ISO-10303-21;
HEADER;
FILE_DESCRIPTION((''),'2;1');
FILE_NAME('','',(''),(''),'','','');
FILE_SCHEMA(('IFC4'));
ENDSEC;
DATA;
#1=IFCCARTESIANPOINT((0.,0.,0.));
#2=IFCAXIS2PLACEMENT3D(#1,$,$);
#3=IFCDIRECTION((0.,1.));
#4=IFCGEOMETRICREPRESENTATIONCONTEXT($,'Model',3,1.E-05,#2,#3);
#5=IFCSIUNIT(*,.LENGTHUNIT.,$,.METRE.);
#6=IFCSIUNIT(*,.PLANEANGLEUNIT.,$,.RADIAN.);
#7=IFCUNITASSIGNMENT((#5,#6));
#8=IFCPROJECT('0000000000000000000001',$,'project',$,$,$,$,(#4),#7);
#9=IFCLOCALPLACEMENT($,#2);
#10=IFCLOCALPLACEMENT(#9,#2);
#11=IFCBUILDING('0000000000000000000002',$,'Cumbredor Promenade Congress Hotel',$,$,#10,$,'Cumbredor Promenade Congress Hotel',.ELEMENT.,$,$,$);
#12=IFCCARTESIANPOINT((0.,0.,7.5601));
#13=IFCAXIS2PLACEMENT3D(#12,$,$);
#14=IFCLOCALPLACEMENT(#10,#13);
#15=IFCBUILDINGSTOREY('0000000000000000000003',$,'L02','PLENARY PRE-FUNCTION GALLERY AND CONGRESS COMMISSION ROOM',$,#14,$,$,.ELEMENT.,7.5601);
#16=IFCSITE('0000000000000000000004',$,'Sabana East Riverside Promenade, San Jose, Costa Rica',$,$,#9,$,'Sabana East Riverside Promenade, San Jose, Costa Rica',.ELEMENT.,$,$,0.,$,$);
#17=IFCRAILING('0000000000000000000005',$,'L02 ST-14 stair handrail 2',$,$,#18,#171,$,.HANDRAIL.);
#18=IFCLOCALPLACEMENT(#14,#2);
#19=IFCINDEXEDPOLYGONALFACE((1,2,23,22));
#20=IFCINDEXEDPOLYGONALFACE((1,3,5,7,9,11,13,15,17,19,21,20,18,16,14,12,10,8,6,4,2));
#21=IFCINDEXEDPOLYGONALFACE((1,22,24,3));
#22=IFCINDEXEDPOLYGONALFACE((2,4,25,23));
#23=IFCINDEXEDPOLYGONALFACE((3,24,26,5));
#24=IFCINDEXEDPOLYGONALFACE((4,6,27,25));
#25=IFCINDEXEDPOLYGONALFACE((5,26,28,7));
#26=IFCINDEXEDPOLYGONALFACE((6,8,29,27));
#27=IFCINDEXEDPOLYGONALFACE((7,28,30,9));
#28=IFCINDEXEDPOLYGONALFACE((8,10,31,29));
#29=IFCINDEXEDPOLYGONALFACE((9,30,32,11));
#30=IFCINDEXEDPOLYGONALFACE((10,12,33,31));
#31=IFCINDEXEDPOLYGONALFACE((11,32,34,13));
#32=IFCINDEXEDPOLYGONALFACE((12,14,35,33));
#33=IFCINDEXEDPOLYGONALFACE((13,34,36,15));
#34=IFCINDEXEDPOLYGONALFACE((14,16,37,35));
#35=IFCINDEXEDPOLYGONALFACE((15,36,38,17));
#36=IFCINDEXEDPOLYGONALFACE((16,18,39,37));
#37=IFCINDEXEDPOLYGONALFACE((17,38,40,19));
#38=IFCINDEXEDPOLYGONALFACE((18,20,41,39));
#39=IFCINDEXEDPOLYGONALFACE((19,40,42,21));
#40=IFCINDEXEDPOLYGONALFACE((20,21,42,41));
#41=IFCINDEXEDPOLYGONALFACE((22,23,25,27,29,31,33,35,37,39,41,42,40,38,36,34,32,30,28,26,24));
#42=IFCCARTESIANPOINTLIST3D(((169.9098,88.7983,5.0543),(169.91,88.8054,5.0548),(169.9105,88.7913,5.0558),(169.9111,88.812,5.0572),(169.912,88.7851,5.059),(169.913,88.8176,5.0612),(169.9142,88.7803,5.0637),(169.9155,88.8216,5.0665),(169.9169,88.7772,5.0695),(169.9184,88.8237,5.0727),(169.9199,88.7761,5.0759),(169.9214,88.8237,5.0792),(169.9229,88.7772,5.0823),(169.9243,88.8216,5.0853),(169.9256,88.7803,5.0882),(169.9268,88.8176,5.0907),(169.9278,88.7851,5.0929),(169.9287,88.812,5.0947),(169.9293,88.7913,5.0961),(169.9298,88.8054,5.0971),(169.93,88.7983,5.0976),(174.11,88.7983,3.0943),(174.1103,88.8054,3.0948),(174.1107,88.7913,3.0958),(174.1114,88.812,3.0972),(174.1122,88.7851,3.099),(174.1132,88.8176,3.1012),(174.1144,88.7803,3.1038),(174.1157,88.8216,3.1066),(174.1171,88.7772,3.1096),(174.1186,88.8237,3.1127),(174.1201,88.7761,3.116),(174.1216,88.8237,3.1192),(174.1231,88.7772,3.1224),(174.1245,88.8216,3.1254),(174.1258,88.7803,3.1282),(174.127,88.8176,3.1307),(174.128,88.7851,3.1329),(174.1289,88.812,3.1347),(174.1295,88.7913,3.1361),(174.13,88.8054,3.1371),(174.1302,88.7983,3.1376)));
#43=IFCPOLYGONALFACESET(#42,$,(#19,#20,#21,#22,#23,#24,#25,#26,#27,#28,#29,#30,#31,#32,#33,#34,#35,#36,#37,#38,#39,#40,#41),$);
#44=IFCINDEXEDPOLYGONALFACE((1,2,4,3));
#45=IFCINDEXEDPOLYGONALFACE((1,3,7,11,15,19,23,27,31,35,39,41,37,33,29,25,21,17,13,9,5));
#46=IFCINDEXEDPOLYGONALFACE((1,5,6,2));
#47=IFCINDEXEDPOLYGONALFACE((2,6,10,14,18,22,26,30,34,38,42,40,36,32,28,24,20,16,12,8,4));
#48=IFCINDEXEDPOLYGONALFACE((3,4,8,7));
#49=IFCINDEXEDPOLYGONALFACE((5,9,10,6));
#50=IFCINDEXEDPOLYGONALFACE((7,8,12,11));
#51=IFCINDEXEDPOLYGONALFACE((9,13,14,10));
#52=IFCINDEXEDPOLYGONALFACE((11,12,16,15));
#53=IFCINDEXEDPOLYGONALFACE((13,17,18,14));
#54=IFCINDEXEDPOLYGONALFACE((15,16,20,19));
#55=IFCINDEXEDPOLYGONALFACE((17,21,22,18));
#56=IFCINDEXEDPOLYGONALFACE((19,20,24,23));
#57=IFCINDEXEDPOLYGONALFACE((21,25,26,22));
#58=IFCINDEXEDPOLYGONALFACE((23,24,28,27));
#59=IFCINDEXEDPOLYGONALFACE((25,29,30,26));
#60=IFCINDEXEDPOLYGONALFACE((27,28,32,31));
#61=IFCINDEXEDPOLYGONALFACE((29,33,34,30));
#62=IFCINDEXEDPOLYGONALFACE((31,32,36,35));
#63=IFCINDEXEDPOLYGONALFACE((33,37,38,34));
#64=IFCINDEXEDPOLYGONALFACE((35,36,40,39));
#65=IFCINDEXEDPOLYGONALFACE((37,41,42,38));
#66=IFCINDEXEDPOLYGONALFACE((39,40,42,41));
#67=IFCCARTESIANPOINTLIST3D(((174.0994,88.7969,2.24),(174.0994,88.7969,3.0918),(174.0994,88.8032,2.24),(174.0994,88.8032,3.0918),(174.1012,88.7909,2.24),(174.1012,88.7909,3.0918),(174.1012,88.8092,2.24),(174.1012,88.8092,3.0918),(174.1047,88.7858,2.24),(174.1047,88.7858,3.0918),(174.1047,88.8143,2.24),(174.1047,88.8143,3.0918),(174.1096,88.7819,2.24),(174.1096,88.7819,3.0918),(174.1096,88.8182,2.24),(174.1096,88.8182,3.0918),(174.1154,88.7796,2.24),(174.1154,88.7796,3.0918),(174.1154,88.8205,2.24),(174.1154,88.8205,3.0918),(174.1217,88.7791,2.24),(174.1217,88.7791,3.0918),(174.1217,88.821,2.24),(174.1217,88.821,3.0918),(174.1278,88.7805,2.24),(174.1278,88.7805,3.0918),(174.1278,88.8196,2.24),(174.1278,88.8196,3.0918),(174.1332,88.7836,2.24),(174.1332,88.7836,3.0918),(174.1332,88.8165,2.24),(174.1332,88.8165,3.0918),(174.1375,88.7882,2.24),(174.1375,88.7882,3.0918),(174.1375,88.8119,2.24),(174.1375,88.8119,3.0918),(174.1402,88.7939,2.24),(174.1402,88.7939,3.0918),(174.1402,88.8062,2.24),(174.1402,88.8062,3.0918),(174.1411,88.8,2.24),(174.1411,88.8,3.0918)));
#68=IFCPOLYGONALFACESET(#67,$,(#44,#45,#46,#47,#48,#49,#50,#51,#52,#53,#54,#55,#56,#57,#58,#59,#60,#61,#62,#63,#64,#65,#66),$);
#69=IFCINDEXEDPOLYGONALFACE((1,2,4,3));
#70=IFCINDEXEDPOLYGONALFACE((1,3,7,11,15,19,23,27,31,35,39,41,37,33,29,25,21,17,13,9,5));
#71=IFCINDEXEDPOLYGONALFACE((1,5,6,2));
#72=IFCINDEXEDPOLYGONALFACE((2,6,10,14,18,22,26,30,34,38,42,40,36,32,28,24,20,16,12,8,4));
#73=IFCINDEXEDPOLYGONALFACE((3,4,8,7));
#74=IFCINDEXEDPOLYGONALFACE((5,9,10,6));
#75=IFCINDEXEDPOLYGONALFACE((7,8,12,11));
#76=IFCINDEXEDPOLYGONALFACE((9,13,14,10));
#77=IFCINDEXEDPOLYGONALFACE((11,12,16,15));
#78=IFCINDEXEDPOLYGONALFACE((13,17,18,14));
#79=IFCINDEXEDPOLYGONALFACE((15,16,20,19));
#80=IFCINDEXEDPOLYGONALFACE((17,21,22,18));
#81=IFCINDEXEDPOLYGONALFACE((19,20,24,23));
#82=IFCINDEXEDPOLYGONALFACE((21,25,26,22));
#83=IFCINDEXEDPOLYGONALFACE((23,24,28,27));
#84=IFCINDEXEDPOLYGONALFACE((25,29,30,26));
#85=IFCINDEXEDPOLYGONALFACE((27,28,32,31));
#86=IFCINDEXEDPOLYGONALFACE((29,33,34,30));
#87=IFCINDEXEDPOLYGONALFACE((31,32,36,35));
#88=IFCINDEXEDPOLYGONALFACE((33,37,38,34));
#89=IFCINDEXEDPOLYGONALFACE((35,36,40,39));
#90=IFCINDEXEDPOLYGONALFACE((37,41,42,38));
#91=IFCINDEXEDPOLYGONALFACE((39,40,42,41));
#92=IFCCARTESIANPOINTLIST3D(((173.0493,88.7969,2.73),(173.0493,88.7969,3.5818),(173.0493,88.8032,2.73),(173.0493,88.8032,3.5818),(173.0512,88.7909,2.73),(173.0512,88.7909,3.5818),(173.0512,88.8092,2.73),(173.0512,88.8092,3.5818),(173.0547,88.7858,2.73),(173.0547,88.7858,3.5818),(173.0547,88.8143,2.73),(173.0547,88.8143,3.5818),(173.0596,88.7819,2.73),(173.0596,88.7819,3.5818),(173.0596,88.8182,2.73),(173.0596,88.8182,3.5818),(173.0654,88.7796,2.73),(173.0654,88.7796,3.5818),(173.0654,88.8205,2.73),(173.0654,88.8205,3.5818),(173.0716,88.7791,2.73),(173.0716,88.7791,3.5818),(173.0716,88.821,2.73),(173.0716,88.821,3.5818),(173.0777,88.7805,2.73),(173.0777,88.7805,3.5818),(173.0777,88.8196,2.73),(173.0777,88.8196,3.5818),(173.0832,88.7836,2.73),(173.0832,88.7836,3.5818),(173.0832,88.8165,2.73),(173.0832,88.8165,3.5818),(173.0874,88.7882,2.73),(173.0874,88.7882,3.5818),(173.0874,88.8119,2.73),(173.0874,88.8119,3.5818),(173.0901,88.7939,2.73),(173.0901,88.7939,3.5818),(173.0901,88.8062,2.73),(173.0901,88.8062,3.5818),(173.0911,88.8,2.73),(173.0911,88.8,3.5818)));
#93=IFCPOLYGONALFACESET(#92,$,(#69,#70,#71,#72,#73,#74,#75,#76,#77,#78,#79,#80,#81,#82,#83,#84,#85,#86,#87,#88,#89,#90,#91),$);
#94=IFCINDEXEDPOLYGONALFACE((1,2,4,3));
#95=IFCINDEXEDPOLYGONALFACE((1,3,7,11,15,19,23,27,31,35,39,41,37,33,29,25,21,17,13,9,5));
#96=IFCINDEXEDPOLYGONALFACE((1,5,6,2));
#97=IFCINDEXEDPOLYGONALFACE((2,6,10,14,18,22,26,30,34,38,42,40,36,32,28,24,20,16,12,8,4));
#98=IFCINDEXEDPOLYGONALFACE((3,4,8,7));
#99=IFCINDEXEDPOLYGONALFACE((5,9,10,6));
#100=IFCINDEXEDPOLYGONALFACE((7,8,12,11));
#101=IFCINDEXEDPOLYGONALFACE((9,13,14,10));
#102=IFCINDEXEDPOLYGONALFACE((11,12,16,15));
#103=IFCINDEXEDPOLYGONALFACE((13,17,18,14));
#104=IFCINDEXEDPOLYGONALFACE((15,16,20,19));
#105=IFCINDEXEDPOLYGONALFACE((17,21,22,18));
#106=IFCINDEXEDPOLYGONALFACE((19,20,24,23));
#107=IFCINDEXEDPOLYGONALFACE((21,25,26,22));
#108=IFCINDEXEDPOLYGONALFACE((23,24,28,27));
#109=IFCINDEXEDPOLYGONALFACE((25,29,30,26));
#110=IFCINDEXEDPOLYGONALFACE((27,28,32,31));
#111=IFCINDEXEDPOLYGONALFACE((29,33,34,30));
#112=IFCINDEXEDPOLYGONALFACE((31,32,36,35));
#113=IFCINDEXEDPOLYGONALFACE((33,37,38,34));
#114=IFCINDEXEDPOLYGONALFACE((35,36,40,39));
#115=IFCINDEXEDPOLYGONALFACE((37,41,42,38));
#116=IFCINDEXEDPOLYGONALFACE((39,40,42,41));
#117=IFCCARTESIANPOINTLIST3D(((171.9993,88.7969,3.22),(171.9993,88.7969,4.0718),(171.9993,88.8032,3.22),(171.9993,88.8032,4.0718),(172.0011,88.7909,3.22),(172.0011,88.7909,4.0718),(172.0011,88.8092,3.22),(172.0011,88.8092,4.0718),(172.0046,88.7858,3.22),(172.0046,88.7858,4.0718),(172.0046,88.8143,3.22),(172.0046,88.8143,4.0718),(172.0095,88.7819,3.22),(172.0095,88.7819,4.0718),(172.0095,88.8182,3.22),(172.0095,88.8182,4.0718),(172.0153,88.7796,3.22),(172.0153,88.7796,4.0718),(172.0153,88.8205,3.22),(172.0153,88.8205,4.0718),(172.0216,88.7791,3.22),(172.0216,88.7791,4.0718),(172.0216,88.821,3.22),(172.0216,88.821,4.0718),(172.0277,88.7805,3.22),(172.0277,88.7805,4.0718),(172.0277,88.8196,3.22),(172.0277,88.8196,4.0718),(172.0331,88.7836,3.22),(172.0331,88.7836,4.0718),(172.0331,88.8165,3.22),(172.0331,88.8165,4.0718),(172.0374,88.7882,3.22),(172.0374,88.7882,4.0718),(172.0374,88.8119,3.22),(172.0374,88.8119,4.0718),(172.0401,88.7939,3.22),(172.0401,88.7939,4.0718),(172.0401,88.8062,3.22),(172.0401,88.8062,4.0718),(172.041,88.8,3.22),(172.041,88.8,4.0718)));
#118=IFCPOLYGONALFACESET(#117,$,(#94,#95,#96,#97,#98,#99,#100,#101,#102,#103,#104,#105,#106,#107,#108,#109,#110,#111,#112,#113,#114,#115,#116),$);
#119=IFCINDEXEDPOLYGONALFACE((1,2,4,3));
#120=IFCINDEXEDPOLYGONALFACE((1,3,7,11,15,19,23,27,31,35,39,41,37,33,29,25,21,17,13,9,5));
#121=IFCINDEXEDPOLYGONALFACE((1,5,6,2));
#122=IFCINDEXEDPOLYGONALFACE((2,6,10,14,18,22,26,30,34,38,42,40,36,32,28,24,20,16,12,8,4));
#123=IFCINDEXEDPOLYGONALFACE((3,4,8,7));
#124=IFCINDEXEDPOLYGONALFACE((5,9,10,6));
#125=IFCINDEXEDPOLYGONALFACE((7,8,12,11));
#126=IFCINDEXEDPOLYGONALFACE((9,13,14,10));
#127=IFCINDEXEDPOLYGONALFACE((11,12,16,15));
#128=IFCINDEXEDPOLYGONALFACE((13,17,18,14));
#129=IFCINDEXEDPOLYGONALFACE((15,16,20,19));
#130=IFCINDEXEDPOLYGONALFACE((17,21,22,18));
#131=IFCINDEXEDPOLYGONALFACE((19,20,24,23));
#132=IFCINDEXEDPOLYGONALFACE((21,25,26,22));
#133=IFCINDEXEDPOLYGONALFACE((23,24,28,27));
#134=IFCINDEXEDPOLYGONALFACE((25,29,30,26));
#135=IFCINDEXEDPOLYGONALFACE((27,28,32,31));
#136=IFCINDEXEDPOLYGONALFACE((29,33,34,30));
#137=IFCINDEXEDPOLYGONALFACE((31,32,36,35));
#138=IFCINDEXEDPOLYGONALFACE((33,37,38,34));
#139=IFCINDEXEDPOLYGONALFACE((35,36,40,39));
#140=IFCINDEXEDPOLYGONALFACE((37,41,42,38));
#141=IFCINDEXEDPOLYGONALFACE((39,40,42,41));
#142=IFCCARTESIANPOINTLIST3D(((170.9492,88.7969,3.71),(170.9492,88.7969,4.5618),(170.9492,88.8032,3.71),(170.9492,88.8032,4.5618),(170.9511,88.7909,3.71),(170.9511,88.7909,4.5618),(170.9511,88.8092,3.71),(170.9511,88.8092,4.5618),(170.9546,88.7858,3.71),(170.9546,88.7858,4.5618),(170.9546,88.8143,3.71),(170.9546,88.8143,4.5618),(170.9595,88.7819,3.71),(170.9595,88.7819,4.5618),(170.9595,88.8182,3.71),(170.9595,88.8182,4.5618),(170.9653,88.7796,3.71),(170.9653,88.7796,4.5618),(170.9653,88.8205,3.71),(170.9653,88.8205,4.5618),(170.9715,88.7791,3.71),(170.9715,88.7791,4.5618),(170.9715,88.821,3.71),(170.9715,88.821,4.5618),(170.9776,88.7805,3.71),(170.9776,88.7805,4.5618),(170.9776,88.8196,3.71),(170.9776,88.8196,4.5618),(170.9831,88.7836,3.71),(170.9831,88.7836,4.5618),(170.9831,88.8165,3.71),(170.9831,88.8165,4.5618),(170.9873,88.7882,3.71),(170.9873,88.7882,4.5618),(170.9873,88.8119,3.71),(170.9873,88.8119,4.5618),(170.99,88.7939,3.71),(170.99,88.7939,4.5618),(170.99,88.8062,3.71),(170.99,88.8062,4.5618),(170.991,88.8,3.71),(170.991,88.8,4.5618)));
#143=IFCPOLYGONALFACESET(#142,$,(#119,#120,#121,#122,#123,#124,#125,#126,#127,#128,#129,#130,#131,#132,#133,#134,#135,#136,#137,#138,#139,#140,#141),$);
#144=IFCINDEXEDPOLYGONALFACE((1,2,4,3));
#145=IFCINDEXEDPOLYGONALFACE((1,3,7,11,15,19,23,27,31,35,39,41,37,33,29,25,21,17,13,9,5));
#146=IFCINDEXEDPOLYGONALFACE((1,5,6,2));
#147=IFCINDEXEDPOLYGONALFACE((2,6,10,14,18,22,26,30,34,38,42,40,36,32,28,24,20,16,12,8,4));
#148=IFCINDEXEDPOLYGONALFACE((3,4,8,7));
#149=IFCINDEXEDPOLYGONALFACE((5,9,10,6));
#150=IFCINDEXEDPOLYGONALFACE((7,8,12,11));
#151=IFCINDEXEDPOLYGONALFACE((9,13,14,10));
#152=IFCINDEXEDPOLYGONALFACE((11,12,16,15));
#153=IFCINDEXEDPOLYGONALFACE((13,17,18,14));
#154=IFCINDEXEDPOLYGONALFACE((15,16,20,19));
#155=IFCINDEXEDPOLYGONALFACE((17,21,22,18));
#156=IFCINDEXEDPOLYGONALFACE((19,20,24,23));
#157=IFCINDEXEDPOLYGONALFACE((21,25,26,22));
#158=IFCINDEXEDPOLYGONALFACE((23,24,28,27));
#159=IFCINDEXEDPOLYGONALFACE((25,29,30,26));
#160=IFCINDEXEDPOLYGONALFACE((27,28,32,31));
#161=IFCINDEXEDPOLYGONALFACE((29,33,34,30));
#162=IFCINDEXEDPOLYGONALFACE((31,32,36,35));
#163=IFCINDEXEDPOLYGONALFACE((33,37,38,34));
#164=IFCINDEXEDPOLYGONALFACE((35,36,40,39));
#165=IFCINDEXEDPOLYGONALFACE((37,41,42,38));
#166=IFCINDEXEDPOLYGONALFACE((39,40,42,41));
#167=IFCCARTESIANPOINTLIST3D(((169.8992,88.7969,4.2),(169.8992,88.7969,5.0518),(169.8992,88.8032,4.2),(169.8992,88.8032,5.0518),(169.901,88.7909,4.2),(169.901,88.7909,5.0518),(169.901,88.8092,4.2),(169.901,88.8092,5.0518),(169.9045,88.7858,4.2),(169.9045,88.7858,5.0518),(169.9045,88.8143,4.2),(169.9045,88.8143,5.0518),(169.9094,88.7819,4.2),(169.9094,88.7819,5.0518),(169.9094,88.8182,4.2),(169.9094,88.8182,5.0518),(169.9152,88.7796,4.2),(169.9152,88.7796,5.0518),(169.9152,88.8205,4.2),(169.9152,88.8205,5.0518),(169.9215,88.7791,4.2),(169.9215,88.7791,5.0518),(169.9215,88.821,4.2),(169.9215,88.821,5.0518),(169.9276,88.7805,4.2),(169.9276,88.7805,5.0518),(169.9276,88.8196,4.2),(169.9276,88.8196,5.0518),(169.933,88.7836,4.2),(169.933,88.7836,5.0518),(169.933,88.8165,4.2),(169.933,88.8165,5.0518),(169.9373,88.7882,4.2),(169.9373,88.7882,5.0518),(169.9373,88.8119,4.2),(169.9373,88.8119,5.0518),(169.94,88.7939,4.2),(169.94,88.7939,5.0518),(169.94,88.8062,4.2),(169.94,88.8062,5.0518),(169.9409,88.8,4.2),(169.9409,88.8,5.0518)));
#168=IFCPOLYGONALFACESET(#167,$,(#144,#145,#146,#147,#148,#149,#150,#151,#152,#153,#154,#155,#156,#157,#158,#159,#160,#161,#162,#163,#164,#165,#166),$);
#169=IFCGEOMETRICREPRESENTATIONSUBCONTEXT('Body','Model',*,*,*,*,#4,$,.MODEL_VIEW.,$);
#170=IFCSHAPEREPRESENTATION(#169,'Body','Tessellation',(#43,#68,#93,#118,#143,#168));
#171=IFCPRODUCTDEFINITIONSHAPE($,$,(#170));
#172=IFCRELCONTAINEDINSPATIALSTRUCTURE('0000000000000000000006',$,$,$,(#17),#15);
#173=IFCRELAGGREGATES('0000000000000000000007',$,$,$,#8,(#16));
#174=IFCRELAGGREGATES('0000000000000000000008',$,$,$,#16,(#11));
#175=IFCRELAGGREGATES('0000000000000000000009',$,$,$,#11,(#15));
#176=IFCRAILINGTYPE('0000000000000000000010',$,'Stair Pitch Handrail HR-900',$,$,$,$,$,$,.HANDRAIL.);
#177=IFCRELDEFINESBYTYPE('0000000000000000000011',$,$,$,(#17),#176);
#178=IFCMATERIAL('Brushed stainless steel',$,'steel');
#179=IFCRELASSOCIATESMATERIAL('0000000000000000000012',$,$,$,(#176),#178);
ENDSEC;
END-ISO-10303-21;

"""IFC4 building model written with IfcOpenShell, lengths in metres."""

from ifc_helpers import new_model, si_unit, direction, frame, origin, origin_2d, place, context, subcontext, project, spatial, circle, extrude, material, type_object, element, save


model = new_model("IFC4")

# Units and contexts
model_context = context("Model", 3, precision=1e-05, world=origin(), true_north=direction((0.0, 1.0)))
body_context = subcontext(model_context, "Body", "Model", "MODEL_VIEW")
ifc_project = project(units=[si_unit("LENGTHUNIT", "METRE"), si_unit("PLANEANGLEUNIT", "RADIAN")], contexts=[model_context])

# Site, building, storey
site_placement = place(None, origin())
site = spatial("IfcSite", under=ifc_project, at=site_placement, Name="Sabana East Riverside Promenade, San Jose, Costa Rica", LongName="Sabana East Riverside Promenade, San Jose, Costa Rica", CompositionType="ELEMENT", RefElevation=0.0)
building_placement = place(site_placement, origin())
building = spatial("IfcBuilding", under=site, at=building_placement, Name="Cumbredor Promenade Congress Hotel", LongName="Cumbredor Promenade Congress Hotel", CompositionType="ELEMENT")
storey_placement = place(building_placement, frame((0.0, 0.0, 7.5601)))
storey = spatial("IfcBuildingStorey", under=building, at=storey_placement, Name="L02", Description="PLENARY PRE-FUNCTION GALLERY AND CONGRESS COMMISSION ROOM", CompositionType="ELEMENT", Elevation=7.5601)

# Railing
ifc_material_1 = material(Name="Brushed stainless steel", Category="steel")
railing_type = type_object("IfcRailingType", Name="Stair Pitch Handrail HR-900", PredefinedType="HANDRAIL", material=ifc_material_1)
railing_placement = place(storey_placement, frame((174.1201, 88.8, 2.24)))
element("IfcRailing", 1, at=railing_placement, inside=storey, type_object=railing_type, Name="L02 ST-14 stair handrail 2", PredefinedType="HANDRAIL", context=body_context, shape_type="SweptSolid", body=[
    extrude(circle(Radius=0.0239, at=origin_2d()), frame((0.0, 0.0, 0.876), z_axis=(-0.906194, 0.0, 0.422862), x_axis=(0.0, -1.0, 0.0)), (0.0, 0.0, 1.0), 4.635),
    extrude(circle(Radius=0.021, at=origin_2d()), origin(), (0.0, 0.0, 1.0), 0.8518),
    extrude(circle(Radius=0.021, at=origin_2d()), frame((-1.05, 0.0, 0.49)), (0.0, 0.0, 1.0), 0.8518),
    extrude(circle(Radius=0.021, at=origin_2d()), frame((-2.1001, 0.0, 0.98)), (0.0, 0.0, 1.0), 0.8518),
    extrude(circle(Radius=0.021, at=origin_2d()), frame((-3.1501, 0.0, 1.47)), (0.0, 0.0, 1.0), 0.8518),
    extrude(circle(Radius=0.021, at=origin_2d()), frame((-4.2002, 0.0, 1.96)), (0.0, 0.0, 1.0), 0.8518),
])

save(model, "model.ifc")
